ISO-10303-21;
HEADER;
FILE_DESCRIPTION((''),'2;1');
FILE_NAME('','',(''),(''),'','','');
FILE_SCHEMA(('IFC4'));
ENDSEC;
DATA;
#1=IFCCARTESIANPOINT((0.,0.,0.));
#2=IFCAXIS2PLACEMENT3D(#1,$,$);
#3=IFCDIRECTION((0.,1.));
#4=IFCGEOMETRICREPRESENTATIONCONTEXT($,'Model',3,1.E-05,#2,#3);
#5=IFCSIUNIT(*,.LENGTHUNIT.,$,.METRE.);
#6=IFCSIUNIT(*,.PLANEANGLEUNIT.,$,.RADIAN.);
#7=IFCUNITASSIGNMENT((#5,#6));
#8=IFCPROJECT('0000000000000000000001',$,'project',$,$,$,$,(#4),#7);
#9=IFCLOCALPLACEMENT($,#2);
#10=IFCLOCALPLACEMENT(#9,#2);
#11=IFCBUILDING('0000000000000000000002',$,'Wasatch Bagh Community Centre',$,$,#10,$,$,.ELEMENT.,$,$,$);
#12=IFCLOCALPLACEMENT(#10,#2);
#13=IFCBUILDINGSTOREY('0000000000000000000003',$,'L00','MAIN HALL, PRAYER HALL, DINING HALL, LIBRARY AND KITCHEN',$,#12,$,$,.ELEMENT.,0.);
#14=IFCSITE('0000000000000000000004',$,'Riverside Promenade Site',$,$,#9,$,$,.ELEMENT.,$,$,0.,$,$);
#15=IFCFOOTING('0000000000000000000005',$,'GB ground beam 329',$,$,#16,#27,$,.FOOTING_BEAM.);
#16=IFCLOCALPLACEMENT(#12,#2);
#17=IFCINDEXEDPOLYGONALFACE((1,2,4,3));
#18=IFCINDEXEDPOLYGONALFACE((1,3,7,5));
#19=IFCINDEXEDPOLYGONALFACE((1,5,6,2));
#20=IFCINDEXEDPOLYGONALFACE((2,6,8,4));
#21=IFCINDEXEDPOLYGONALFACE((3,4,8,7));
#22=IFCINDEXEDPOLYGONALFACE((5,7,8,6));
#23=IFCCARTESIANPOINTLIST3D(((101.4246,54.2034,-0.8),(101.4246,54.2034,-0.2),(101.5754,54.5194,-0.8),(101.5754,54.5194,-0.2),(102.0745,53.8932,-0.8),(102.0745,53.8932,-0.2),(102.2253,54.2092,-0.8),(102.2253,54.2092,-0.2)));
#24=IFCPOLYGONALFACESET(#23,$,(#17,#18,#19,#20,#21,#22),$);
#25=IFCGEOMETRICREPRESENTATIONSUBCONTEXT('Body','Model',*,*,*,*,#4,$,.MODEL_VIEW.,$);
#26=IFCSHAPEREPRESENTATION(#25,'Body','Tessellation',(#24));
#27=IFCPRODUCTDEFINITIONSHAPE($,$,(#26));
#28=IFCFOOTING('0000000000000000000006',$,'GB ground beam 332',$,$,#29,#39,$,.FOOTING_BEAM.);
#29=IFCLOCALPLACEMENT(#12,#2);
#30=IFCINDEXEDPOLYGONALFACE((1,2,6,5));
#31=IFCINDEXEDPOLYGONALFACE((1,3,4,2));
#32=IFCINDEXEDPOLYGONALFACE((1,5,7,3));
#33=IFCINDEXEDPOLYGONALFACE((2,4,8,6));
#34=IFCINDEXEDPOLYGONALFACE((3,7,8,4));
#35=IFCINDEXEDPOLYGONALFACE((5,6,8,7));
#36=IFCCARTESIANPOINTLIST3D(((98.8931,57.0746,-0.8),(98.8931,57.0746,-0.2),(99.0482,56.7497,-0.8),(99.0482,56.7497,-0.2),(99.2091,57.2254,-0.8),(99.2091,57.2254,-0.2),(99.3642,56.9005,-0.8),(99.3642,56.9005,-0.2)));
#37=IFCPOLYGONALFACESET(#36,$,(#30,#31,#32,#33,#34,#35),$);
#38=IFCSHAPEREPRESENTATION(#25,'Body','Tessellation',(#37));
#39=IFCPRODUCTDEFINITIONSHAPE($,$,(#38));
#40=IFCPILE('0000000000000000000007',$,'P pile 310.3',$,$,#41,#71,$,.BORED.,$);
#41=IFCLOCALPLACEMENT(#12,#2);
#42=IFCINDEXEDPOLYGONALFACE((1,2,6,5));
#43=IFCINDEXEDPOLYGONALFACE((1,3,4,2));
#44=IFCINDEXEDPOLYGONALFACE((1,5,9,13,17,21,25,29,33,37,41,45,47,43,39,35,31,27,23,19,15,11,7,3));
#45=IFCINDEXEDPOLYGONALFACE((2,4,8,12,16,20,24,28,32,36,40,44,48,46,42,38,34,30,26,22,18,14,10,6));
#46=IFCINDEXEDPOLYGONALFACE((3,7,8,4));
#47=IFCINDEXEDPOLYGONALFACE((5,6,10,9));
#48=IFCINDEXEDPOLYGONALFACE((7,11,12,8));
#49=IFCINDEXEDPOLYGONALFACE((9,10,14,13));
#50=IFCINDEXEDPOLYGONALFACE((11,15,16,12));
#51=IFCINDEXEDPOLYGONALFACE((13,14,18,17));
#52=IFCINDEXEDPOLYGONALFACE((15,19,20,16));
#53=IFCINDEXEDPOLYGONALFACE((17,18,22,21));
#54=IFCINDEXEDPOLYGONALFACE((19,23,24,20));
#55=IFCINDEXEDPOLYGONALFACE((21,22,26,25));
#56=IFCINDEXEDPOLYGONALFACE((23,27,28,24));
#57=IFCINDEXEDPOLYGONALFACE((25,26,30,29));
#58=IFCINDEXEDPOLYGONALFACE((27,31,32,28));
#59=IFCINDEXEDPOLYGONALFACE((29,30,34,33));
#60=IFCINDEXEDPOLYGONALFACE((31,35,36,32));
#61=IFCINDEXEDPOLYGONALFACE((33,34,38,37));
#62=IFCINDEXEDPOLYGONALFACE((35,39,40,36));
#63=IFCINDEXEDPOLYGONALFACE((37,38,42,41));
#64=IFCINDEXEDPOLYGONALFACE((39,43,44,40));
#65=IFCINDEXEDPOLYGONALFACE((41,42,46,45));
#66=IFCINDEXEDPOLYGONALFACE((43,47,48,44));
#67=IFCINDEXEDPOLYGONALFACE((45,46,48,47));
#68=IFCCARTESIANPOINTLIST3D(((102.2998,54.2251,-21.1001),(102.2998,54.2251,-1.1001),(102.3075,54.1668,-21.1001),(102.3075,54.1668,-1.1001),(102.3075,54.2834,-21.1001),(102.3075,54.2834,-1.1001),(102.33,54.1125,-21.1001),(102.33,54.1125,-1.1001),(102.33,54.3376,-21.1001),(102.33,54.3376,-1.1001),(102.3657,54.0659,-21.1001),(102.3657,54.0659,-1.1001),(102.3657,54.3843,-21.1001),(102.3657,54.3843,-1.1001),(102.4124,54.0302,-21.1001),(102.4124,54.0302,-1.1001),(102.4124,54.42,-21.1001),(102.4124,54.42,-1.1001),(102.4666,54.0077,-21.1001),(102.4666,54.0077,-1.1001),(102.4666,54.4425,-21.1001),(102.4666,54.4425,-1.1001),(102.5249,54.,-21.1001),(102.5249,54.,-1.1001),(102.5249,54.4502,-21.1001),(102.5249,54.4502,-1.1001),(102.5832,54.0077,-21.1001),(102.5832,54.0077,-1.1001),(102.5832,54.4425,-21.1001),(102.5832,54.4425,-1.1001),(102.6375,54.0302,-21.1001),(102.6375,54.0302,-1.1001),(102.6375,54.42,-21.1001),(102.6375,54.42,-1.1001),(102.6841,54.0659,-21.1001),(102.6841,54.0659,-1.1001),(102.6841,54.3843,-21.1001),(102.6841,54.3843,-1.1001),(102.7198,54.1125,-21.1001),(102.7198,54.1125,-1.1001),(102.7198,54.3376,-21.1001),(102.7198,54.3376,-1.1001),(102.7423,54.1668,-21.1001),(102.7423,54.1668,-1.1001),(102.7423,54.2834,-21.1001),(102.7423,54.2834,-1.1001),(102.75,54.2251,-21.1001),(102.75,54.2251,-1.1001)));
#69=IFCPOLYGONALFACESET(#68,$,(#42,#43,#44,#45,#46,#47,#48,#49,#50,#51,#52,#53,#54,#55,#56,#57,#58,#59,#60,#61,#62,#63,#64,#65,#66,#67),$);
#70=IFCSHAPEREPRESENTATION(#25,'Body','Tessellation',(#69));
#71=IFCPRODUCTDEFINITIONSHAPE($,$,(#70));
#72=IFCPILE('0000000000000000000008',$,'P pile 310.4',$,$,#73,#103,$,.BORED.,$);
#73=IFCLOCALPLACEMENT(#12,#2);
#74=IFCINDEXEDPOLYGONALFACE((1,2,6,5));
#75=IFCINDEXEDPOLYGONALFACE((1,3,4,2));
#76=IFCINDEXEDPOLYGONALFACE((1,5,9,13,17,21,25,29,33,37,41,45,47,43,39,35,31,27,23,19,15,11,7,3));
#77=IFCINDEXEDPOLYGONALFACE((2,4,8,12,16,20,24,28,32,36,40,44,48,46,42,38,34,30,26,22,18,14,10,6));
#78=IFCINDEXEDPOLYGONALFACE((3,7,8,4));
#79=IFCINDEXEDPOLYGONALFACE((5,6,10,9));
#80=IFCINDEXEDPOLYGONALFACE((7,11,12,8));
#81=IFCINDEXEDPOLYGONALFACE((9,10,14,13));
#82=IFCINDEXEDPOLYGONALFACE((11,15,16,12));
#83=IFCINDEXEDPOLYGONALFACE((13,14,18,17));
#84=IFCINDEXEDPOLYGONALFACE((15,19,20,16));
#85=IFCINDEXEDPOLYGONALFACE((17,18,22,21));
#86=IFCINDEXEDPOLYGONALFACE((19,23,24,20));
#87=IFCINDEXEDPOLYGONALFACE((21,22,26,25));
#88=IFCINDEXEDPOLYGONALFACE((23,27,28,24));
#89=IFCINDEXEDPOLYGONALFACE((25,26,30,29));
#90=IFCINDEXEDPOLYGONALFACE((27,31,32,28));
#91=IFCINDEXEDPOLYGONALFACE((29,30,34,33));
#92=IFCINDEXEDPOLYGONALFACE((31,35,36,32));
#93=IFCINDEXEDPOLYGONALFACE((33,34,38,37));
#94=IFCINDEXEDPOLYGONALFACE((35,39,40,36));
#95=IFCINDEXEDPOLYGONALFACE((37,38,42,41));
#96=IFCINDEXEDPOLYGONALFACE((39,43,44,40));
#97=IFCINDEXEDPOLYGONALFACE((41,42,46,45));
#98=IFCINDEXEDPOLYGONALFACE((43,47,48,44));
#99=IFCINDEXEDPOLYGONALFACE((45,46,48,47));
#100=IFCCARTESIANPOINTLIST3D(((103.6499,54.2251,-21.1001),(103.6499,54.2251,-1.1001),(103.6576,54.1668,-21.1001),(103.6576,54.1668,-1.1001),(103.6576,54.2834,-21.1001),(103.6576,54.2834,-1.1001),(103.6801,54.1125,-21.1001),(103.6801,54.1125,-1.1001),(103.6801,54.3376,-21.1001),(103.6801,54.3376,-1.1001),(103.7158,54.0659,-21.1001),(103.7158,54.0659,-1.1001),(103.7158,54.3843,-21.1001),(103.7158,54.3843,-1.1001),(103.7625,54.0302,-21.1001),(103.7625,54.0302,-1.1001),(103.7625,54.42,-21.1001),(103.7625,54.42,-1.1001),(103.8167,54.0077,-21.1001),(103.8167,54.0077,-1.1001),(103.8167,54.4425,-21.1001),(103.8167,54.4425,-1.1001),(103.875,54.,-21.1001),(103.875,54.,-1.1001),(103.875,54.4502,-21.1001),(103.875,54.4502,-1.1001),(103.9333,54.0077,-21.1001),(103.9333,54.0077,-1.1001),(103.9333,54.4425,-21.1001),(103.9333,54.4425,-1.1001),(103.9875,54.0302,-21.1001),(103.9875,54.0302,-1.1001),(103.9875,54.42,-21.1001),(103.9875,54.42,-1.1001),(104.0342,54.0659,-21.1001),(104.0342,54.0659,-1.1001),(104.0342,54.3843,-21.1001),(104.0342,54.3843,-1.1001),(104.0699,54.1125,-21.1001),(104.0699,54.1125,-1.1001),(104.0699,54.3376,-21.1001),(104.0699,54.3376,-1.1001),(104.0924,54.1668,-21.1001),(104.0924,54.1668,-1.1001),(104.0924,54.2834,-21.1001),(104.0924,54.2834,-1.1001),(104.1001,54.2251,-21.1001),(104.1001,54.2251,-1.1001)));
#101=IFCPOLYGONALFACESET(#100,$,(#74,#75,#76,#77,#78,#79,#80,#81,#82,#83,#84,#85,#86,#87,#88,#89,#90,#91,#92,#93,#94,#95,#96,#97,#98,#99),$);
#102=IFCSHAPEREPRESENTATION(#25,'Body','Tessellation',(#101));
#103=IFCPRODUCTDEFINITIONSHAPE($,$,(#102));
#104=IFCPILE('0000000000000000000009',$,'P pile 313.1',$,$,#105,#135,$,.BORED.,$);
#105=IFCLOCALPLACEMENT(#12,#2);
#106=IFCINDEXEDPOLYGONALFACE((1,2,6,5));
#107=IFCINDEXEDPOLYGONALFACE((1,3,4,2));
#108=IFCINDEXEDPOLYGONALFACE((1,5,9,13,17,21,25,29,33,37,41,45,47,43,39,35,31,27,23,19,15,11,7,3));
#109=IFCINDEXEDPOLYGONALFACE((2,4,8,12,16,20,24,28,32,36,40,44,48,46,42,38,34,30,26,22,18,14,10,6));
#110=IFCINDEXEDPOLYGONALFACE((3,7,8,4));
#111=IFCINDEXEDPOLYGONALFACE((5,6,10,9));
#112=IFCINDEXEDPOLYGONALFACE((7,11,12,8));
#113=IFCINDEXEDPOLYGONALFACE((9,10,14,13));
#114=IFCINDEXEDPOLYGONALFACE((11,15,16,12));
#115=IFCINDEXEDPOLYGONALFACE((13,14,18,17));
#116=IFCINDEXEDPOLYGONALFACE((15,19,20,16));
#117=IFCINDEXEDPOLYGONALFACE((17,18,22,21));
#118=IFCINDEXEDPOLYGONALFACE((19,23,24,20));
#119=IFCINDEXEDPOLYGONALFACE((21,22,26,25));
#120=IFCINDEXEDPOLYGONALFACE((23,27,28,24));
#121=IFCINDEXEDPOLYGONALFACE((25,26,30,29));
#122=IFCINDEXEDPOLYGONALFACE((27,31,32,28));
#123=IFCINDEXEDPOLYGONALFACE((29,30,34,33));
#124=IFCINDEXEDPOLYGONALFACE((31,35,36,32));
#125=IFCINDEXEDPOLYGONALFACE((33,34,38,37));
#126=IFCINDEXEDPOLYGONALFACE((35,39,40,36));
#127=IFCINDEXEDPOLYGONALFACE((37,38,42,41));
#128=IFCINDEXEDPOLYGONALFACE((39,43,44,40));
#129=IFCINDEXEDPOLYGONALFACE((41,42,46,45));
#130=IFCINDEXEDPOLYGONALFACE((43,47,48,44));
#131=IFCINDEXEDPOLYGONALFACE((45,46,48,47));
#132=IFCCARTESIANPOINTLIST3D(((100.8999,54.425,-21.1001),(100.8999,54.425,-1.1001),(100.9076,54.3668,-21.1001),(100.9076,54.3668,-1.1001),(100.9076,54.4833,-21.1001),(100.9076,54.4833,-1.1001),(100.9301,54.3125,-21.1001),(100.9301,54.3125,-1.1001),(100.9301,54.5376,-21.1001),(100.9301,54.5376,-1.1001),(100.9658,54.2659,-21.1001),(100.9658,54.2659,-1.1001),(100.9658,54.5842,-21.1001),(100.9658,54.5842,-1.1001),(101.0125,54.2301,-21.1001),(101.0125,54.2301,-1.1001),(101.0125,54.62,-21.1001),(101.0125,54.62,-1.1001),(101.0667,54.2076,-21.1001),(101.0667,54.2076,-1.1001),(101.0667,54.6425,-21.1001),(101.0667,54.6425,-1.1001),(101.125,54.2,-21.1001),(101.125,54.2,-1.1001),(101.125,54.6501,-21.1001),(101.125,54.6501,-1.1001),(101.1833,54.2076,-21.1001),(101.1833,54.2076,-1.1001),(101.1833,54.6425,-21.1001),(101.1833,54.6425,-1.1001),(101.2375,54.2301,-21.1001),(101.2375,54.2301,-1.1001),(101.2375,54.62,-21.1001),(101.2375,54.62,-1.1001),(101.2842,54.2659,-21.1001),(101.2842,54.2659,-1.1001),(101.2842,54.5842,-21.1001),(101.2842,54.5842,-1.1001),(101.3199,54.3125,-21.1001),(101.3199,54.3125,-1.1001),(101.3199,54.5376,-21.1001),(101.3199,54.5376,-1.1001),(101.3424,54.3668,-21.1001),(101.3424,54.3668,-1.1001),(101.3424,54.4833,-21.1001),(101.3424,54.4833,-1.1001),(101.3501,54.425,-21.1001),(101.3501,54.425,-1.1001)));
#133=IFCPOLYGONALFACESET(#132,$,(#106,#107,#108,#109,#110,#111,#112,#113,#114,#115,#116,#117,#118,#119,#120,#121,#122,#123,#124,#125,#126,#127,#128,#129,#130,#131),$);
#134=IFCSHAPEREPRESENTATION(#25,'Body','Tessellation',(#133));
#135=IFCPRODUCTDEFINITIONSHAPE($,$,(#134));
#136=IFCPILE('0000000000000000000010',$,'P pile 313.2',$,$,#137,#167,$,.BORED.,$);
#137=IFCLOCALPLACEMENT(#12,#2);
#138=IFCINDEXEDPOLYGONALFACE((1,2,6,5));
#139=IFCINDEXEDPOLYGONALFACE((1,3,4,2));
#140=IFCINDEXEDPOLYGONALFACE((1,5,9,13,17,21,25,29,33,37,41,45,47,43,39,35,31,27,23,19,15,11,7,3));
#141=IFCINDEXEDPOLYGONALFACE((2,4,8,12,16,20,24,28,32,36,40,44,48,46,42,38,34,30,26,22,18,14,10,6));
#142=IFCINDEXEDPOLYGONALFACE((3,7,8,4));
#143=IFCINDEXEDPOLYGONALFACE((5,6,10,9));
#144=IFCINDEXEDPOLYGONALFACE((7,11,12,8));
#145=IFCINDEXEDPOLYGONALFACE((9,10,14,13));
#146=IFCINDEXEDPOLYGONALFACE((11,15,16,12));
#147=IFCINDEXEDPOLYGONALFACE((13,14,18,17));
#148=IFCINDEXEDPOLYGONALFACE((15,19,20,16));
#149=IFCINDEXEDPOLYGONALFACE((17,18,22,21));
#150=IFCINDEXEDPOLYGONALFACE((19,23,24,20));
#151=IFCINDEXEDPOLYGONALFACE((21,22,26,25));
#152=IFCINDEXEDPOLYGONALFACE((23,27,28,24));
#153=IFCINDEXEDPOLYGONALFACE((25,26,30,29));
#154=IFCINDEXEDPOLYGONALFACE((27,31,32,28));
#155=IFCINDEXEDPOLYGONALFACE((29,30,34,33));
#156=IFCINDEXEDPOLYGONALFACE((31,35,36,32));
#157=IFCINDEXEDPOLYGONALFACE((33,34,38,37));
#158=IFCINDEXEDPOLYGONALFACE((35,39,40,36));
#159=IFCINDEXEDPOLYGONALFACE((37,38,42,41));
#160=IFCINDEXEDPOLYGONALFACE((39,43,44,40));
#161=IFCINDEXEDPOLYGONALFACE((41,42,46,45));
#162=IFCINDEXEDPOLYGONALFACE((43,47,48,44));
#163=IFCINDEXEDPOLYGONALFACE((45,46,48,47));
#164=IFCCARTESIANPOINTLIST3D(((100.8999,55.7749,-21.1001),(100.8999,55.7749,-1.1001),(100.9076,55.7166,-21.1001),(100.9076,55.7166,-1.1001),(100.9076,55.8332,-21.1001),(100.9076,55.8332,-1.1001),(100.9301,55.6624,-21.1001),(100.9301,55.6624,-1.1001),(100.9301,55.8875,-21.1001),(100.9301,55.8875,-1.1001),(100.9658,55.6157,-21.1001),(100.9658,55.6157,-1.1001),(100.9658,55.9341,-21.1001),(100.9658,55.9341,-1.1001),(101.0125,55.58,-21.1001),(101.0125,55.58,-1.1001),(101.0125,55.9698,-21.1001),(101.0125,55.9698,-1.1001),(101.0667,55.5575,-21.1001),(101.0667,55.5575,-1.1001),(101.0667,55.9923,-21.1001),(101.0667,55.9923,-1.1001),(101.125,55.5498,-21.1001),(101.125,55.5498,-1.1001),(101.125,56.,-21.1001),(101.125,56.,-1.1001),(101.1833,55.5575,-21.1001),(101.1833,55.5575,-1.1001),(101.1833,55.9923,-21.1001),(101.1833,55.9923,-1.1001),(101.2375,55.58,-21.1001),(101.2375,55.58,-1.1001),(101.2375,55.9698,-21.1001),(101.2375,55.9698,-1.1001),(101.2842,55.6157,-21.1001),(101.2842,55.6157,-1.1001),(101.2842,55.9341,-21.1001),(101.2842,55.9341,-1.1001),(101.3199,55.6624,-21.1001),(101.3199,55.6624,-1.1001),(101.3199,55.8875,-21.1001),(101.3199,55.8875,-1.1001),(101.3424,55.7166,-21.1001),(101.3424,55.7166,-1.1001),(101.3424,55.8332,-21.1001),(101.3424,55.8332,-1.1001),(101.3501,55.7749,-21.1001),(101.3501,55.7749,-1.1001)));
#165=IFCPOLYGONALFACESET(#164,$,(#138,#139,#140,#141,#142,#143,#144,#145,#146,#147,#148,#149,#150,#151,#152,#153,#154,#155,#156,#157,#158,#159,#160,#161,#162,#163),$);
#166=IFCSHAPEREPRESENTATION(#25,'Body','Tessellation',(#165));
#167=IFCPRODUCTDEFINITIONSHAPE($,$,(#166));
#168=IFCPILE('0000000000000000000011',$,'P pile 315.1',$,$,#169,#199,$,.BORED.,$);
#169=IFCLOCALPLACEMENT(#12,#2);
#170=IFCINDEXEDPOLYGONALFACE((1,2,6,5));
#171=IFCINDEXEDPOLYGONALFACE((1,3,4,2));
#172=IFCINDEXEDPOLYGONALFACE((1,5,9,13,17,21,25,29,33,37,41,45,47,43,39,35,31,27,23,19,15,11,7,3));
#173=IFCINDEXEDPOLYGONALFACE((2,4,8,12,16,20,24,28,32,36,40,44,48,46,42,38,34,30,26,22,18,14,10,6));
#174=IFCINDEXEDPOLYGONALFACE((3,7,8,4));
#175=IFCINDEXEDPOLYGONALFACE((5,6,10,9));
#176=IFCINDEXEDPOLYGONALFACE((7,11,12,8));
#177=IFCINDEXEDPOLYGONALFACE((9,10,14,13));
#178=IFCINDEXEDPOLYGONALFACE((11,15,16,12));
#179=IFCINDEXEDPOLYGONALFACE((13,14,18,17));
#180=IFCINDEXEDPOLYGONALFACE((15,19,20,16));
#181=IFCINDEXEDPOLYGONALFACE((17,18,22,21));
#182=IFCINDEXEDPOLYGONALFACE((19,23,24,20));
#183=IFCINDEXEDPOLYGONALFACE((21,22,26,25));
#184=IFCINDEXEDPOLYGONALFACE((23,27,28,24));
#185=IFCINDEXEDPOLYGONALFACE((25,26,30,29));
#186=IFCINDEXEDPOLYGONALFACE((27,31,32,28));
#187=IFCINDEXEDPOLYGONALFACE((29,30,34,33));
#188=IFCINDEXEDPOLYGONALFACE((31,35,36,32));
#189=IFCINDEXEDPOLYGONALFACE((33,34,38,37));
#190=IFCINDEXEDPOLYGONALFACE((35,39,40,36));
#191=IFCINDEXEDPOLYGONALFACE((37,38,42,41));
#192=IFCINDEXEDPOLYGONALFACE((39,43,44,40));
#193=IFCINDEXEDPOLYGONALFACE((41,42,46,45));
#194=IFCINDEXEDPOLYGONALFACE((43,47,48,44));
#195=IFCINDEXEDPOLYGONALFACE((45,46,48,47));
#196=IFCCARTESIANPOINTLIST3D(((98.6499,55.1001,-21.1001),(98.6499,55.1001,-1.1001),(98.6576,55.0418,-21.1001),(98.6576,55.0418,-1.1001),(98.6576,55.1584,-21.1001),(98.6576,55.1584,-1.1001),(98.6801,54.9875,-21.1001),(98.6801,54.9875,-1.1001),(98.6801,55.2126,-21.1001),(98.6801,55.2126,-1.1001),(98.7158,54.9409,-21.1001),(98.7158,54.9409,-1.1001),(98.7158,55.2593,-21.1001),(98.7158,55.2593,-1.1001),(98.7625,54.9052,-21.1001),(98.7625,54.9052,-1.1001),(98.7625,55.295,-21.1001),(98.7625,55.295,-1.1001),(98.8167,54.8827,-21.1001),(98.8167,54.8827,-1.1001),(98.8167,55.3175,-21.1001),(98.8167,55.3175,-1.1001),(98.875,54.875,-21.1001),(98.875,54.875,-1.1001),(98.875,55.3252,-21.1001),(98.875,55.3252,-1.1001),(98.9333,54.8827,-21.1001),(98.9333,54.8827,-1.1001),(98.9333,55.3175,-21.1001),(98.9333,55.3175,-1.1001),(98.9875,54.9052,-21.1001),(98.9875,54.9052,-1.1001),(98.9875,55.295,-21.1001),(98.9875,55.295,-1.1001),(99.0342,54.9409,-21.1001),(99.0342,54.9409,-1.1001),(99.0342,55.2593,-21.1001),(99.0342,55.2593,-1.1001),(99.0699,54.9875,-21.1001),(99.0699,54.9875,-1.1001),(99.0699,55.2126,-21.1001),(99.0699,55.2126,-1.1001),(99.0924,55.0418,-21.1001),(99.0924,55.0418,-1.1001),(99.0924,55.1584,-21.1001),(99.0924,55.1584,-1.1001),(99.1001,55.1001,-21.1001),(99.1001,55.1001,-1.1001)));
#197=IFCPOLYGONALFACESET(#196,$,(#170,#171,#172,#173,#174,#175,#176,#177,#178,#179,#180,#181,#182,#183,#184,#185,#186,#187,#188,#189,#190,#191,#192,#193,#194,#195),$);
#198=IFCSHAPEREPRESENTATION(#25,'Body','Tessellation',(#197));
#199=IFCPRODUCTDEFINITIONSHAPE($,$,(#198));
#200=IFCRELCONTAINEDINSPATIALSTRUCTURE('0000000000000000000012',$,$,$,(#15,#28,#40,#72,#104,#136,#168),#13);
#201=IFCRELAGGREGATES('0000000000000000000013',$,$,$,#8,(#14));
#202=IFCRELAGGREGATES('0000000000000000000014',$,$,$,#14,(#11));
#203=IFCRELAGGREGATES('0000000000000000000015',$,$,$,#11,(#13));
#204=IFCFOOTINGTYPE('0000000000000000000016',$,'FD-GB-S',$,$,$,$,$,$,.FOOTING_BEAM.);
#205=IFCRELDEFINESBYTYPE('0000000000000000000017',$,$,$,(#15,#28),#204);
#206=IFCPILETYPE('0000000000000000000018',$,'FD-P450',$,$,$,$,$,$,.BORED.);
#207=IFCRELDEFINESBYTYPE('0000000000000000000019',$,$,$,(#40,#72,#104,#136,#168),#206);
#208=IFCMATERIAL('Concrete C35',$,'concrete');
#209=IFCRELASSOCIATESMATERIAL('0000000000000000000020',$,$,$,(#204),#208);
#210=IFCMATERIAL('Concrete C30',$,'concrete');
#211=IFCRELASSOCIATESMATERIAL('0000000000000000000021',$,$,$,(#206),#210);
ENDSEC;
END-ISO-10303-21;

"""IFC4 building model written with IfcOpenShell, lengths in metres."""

from ifc_helpers import new_model, si_unit, direction, frame, origin, origin_2d, place, context, subcontext, project, spatial, rectangle, circle, extrude, material, material_profile, profile_set, type_object, element, save


model = new_model("IFC4")

# Units and contexts
model_context = context("Model", 3, precision=1e-05, world=origin(), true_north=direction((0.0, 1.0)))
body_context = subcontext(model_context, "Body", "Model", "MODEL_VIEW")
ifc_project = project(units=[si_unit("LENGTHUNIT", "METRE"), si_unit("PLANEANGLEUNIT", "RADIAN")], contexts=[model_context])

# Site, building, storey
site_placement = place(None, origin())
site = spatial("IfcSite", under=ifc_project, at=site_placement, Name="Riverside Promenade Site", CompositionType="ELEMENT", RefElevation=0.0)
building_placement = place(site_placement, origin())
building = spatial("IfcBuilding", under=site, at=building_placement, Name="Wasatch Bagh Community Centre", CompositionType="ELEMENT")
storey_placement = place(building_placement, origin())
storey = spatial("IfcBuildingStorey", under=building, at=storey_placement, Name="L00", Description="MAIN HALL, PRAYER HALL, DINING HALL, LIBRARY AND KITCHEN", CompositionType="ELEMENT", Elevation=0.0)

# Footings
ifc_material_1 = material(Name="Concrete C35", Category="concrete")
footing_type_1 = type_object("IfcFootingType", Name="FD-GB-S", PredefinedType="FOOTING_BEAM", material=ifc_material_1)
footing_1_placement = place(storey_placement, frame((101.825, 54.2063, -0.8), z_axis=(0.0, 0.0, 1.0), x_axis=(-0.902481, 0.43073, 0.0)))
element("IfcFooting", 1, at=footing_1_placement, inside=storey, type_object=footing_type_1, Name="GB ground beam 329", PredefinedType="FOOTING_BEAM", context=body_context, shape_type="SweptSolid", body=[
    extrude(rectangle(XDim=0.7202, YDim=0.3501, at=origin_2d()), origin(), (0.0, 0.0, 1.0), 0.6001),
])
footing_2_placement = place(storey_placement, frame((99.1287, 56.9875, -0.8), z_axis=(0.0, 0.0, 1.0), x_axis=(0.43073, -0.902481, 0.0)))
element("IfcFooting", 2, at=footing_2_placement, inside=storey, type_object=footing_type_1, Name="GB ground beam 332", PredefinedType="FOOTING_BEAM", context=body_context, shape_type="SweptSolid", body=[
    extrude(rectangle(XDim=0.3601, YDim=0.3501, at=origin_2d()), origin(), (0.0, 0.0, 1.0), 0.6001),
])

# Piles
ifc_material_2 = material(Name="Concrete C30", Category="concrete")
ifc_material_profile_1 = material_profile(ifc_material_2, circle(Radius=0.2251, at=origin_2d()), Name="RC D450")
ifc_profile_set_1 = profile_set([ifc_material_profile_1], Name="Concrete C30")
pile_type = type_object("IfcPileType", Name="FD-P450", PredefinedType="BORED", material=ifc_profile_set_1)
for number, where, z_axis, x_axis, name in (
    (3, (102.5249, 54.2251, -1.1001), (0.0, 0.0, -1.0), (1.0, 0.0, 0.0), "P pile 310.3"),
    (4, (103.875, 54.2251, -1.1001), (0.0, 0.0, -1.0), (1.0, 0.0, 0.0), "P pile 310.4"),
    (5, (101.125, 54.425, -1.1001), (0.0, 0.0, -1.0), (1.0, 0.0, 0.0), "P pile 313.1"),
    (6, (101.125, 55.7749, -1.1001), (0.0, 0.0, -1.0), (1.0, 0.0, 0.0), "P pile 313.2"),
    (7, (98.875, 55.1001, -1.1001), (0.0, 0.0, -1.0), (1.0, 0.0, 0.0), "P pile 315.1"),
):
    element("IfcPile", number, at=place(storey_placement, frame(where, z_axis=z_axis, x_axis=x_axis)), inside=storey, type_object=pile_type, Name=name, PredefinedType="BORED", context=body_context, shape_type="SweptSolid", body=[
        extrude(circle(Radius=0.2251, at=origin_2d()), origin(), (0.0, 0.0, 1.0), 20.0),
    ])

save(model, "model.ifc")
